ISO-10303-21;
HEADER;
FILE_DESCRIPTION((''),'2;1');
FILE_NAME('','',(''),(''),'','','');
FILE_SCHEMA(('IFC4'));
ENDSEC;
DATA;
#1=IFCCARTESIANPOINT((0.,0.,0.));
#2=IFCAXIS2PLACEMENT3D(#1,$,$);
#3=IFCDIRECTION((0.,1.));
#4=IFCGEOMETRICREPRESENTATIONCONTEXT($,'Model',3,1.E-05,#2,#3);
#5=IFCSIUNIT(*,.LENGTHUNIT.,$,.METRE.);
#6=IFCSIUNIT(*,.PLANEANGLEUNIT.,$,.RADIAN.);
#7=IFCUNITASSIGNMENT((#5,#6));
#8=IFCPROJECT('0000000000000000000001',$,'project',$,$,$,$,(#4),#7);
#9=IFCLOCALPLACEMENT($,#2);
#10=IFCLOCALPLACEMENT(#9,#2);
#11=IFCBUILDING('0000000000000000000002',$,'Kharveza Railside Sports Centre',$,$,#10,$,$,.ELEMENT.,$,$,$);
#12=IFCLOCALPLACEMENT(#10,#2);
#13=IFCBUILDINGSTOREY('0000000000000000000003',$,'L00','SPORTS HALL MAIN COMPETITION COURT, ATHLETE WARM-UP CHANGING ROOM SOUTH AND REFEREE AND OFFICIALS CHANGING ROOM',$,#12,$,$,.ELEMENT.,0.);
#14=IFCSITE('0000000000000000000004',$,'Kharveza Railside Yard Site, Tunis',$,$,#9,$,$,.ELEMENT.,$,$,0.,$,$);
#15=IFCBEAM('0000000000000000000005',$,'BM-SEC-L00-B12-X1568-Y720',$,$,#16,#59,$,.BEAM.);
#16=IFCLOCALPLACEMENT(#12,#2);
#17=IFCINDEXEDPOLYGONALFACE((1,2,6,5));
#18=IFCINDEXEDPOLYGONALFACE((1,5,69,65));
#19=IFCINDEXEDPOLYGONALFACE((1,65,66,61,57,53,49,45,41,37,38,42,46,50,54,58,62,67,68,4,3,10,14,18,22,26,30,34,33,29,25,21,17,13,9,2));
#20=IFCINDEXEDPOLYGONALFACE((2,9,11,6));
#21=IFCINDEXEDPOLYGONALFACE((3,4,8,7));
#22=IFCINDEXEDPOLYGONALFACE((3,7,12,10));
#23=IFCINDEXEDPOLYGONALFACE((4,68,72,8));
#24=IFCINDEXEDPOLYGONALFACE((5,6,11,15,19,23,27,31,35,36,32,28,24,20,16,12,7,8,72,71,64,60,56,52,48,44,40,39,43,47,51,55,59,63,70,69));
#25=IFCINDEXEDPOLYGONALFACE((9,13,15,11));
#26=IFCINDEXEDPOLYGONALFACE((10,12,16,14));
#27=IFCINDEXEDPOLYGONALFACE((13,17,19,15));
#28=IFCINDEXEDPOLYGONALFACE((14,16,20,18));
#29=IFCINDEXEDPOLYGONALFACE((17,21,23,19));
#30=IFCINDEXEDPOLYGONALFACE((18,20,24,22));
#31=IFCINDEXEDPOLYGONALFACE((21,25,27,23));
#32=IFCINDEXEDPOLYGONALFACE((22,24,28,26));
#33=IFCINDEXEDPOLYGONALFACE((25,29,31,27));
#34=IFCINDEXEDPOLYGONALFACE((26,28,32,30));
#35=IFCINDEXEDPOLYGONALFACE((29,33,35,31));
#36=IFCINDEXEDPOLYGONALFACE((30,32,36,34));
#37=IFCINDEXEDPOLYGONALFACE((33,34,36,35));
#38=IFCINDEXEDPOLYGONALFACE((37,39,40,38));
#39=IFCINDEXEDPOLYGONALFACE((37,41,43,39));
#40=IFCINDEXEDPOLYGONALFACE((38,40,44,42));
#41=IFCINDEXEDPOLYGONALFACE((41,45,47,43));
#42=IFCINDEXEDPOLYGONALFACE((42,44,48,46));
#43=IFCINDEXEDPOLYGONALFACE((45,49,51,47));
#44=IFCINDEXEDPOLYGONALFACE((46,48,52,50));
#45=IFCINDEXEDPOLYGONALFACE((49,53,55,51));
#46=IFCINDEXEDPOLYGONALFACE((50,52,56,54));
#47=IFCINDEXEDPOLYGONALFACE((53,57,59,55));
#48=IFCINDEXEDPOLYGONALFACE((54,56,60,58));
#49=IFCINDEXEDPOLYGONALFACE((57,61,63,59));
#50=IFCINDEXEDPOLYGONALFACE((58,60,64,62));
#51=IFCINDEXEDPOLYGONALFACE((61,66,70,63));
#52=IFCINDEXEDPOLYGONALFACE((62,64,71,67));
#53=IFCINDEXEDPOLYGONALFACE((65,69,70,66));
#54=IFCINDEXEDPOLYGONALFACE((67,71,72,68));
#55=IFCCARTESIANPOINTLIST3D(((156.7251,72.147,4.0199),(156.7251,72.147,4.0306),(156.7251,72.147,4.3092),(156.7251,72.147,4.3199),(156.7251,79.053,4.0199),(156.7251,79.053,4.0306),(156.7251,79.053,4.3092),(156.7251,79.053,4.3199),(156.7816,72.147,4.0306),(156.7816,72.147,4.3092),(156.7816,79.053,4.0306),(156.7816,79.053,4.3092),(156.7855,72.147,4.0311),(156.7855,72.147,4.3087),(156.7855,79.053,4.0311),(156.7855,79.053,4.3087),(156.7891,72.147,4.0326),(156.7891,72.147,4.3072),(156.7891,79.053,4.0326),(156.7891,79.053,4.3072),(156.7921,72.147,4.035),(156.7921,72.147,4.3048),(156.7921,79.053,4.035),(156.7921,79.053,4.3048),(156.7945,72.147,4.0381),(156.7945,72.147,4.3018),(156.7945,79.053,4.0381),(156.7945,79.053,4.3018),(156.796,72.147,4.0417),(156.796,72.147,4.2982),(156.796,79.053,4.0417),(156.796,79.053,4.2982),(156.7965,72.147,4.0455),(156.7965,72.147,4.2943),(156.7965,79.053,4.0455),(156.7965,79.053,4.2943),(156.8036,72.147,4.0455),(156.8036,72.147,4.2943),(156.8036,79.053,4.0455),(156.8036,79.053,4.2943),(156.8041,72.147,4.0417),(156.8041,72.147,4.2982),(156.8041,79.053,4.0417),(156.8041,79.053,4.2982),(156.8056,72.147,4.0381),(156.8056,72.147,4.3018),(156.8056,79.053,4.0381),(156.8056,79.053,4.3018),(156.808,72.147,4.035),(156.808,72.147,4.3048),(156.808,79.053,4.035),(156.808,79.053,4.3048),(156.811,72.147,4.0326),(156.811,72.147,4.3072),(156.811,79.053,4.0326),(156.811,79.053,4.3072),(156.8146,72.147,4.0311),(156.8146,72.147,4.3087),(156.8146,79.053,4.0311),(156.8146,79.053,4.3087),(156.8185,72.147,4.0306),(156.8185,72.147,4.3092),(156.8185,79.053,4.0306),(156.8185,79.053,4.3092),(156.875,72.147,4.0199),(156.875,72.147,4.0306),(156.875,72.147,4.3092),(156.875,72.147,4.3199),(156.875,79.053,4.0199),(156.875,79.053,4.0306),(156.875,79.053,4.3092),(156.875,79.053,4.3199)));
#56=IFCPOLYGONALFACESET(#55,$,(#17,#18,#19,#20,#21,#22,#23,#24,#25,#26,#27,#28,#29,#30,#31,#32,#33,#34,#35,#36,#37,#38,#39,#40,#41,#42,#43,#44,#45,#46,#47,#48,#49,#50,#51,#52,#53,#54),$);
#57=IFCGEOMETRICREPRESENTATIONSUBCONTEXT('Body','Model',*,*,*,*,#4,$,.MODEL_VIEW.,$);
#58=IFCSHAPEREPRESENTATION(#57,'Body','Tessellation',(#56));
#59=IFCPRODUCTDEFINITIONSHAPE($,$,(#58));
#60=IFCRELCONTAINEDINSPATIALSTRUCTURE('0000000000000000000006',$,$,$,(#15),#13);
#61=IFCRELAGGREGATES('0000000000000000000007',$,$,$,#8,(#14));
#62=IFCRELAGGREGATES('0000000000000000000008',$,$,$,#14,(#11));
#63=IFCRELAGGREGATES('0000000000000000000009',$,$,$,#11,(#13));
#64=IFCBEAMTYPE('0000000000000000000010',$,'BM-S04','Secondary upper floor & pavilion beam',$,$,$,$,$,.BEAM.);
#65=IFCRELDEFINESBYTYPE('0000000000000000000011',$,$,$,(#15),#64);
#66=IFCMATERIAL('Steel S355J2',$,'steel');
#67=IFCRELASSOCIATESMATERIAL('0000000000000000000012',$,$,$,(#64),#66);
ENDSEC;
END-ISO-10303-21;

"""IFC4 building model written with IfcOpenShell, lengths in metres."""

from ifc_helpers import new_model, si_unit, direction, frame, origin, origin_2d, place, context, subcontext, project, spatial, i_section, extrude, material, material_profile, profile_set, type_object, element, save


model = new_model("IFC4")

# Units and contexts
model_context = context("Model", 3, precision=1e-05, world=origin(), true_north=direction((0.0, 1.0)))
body_context = subcontext(model_context, "Body", "Model", "MODEL_VIEW")
ifc_project = project(units=[si_unit("LENGTHUNIT", "METRE"), si_unit("PLANEANGLEUNIT", "RADIAN")], contexts=[model_context])

# Site, building, storey
site_placement = place(None, origin())
site = spatial("IfcSite", under=ifc_project, at=site_placement, Name="Kharveza Railside Yard Site, Tunis", CompositionType="ELEMENT", RefElevation=0.0)
building_placement = place(site_placement, origin())
building = spatial("IfcBuilding", under=site, at=building_placement, Name="Kharveza Railside Sports Centre", CompositionType="ELEMENT")
storey_placement = place(building_placement, origin())
storey = spatial("IfcBuildingStorey", under=building, at=storey_placement, Name="L00", Description="SPORTS HALL MAIN COMPETITION COURT, ATHLETE WARM-UP CHANGING ROOM SOUTH AND REFEREE AND OFFICIALS CHANGING ROOM", CompositionType="ELEMENT", Elevation=0.0)

# Shared definitions
ifc_material_1 = material(Name="Steel S355J2", Category="steel")

# Beam
ifc_material_profile_1 = material_profile(ifc_material_1, i_section(OverallWidth=0.1499, OverallDepth=0.3, WebThickness=0.0071, FlangeThickness=0.0107, FilletRadius=0.0149, at=origin_2d()), Name="IPE 300")
ifc_profile_set_1 = profile_set([ifc_material_profile_1], Name="Steel S355J2")
beam_type_1 = type_object("IfcBeamType", Name="BM-S04", Description="Secondary upper floor & pavilion beam", PredefinedType="BEAM", material=ifc_profile_set_1)
beam_1_placement = place(storey_placement, frame((156.8, 72.147, 4.1699), z_axis=(0.0, 1.0, 0.0), x_axis=(-1.0, 0.0, 0.0)))
element("IfcBeam", 1, at=beam_1_placement, inside=storey, type_object=beam_type_1, Name="BM-SEC-L00-B12-X1568-Y720", PredefinedType="BEAM", context=body_context, shape_type="SweptSolid", body=[
    extrude(i_section(OverallWidth=0.1499, OverallDepth=0.3, WebThickness=0.0071, FlangeThickness=0.0107, FilletRadius=0.0149, at=origin_2d()), origin(), (0.0, 0.0, 1.0), 6.906),
])

save(model, "model.ifc")
